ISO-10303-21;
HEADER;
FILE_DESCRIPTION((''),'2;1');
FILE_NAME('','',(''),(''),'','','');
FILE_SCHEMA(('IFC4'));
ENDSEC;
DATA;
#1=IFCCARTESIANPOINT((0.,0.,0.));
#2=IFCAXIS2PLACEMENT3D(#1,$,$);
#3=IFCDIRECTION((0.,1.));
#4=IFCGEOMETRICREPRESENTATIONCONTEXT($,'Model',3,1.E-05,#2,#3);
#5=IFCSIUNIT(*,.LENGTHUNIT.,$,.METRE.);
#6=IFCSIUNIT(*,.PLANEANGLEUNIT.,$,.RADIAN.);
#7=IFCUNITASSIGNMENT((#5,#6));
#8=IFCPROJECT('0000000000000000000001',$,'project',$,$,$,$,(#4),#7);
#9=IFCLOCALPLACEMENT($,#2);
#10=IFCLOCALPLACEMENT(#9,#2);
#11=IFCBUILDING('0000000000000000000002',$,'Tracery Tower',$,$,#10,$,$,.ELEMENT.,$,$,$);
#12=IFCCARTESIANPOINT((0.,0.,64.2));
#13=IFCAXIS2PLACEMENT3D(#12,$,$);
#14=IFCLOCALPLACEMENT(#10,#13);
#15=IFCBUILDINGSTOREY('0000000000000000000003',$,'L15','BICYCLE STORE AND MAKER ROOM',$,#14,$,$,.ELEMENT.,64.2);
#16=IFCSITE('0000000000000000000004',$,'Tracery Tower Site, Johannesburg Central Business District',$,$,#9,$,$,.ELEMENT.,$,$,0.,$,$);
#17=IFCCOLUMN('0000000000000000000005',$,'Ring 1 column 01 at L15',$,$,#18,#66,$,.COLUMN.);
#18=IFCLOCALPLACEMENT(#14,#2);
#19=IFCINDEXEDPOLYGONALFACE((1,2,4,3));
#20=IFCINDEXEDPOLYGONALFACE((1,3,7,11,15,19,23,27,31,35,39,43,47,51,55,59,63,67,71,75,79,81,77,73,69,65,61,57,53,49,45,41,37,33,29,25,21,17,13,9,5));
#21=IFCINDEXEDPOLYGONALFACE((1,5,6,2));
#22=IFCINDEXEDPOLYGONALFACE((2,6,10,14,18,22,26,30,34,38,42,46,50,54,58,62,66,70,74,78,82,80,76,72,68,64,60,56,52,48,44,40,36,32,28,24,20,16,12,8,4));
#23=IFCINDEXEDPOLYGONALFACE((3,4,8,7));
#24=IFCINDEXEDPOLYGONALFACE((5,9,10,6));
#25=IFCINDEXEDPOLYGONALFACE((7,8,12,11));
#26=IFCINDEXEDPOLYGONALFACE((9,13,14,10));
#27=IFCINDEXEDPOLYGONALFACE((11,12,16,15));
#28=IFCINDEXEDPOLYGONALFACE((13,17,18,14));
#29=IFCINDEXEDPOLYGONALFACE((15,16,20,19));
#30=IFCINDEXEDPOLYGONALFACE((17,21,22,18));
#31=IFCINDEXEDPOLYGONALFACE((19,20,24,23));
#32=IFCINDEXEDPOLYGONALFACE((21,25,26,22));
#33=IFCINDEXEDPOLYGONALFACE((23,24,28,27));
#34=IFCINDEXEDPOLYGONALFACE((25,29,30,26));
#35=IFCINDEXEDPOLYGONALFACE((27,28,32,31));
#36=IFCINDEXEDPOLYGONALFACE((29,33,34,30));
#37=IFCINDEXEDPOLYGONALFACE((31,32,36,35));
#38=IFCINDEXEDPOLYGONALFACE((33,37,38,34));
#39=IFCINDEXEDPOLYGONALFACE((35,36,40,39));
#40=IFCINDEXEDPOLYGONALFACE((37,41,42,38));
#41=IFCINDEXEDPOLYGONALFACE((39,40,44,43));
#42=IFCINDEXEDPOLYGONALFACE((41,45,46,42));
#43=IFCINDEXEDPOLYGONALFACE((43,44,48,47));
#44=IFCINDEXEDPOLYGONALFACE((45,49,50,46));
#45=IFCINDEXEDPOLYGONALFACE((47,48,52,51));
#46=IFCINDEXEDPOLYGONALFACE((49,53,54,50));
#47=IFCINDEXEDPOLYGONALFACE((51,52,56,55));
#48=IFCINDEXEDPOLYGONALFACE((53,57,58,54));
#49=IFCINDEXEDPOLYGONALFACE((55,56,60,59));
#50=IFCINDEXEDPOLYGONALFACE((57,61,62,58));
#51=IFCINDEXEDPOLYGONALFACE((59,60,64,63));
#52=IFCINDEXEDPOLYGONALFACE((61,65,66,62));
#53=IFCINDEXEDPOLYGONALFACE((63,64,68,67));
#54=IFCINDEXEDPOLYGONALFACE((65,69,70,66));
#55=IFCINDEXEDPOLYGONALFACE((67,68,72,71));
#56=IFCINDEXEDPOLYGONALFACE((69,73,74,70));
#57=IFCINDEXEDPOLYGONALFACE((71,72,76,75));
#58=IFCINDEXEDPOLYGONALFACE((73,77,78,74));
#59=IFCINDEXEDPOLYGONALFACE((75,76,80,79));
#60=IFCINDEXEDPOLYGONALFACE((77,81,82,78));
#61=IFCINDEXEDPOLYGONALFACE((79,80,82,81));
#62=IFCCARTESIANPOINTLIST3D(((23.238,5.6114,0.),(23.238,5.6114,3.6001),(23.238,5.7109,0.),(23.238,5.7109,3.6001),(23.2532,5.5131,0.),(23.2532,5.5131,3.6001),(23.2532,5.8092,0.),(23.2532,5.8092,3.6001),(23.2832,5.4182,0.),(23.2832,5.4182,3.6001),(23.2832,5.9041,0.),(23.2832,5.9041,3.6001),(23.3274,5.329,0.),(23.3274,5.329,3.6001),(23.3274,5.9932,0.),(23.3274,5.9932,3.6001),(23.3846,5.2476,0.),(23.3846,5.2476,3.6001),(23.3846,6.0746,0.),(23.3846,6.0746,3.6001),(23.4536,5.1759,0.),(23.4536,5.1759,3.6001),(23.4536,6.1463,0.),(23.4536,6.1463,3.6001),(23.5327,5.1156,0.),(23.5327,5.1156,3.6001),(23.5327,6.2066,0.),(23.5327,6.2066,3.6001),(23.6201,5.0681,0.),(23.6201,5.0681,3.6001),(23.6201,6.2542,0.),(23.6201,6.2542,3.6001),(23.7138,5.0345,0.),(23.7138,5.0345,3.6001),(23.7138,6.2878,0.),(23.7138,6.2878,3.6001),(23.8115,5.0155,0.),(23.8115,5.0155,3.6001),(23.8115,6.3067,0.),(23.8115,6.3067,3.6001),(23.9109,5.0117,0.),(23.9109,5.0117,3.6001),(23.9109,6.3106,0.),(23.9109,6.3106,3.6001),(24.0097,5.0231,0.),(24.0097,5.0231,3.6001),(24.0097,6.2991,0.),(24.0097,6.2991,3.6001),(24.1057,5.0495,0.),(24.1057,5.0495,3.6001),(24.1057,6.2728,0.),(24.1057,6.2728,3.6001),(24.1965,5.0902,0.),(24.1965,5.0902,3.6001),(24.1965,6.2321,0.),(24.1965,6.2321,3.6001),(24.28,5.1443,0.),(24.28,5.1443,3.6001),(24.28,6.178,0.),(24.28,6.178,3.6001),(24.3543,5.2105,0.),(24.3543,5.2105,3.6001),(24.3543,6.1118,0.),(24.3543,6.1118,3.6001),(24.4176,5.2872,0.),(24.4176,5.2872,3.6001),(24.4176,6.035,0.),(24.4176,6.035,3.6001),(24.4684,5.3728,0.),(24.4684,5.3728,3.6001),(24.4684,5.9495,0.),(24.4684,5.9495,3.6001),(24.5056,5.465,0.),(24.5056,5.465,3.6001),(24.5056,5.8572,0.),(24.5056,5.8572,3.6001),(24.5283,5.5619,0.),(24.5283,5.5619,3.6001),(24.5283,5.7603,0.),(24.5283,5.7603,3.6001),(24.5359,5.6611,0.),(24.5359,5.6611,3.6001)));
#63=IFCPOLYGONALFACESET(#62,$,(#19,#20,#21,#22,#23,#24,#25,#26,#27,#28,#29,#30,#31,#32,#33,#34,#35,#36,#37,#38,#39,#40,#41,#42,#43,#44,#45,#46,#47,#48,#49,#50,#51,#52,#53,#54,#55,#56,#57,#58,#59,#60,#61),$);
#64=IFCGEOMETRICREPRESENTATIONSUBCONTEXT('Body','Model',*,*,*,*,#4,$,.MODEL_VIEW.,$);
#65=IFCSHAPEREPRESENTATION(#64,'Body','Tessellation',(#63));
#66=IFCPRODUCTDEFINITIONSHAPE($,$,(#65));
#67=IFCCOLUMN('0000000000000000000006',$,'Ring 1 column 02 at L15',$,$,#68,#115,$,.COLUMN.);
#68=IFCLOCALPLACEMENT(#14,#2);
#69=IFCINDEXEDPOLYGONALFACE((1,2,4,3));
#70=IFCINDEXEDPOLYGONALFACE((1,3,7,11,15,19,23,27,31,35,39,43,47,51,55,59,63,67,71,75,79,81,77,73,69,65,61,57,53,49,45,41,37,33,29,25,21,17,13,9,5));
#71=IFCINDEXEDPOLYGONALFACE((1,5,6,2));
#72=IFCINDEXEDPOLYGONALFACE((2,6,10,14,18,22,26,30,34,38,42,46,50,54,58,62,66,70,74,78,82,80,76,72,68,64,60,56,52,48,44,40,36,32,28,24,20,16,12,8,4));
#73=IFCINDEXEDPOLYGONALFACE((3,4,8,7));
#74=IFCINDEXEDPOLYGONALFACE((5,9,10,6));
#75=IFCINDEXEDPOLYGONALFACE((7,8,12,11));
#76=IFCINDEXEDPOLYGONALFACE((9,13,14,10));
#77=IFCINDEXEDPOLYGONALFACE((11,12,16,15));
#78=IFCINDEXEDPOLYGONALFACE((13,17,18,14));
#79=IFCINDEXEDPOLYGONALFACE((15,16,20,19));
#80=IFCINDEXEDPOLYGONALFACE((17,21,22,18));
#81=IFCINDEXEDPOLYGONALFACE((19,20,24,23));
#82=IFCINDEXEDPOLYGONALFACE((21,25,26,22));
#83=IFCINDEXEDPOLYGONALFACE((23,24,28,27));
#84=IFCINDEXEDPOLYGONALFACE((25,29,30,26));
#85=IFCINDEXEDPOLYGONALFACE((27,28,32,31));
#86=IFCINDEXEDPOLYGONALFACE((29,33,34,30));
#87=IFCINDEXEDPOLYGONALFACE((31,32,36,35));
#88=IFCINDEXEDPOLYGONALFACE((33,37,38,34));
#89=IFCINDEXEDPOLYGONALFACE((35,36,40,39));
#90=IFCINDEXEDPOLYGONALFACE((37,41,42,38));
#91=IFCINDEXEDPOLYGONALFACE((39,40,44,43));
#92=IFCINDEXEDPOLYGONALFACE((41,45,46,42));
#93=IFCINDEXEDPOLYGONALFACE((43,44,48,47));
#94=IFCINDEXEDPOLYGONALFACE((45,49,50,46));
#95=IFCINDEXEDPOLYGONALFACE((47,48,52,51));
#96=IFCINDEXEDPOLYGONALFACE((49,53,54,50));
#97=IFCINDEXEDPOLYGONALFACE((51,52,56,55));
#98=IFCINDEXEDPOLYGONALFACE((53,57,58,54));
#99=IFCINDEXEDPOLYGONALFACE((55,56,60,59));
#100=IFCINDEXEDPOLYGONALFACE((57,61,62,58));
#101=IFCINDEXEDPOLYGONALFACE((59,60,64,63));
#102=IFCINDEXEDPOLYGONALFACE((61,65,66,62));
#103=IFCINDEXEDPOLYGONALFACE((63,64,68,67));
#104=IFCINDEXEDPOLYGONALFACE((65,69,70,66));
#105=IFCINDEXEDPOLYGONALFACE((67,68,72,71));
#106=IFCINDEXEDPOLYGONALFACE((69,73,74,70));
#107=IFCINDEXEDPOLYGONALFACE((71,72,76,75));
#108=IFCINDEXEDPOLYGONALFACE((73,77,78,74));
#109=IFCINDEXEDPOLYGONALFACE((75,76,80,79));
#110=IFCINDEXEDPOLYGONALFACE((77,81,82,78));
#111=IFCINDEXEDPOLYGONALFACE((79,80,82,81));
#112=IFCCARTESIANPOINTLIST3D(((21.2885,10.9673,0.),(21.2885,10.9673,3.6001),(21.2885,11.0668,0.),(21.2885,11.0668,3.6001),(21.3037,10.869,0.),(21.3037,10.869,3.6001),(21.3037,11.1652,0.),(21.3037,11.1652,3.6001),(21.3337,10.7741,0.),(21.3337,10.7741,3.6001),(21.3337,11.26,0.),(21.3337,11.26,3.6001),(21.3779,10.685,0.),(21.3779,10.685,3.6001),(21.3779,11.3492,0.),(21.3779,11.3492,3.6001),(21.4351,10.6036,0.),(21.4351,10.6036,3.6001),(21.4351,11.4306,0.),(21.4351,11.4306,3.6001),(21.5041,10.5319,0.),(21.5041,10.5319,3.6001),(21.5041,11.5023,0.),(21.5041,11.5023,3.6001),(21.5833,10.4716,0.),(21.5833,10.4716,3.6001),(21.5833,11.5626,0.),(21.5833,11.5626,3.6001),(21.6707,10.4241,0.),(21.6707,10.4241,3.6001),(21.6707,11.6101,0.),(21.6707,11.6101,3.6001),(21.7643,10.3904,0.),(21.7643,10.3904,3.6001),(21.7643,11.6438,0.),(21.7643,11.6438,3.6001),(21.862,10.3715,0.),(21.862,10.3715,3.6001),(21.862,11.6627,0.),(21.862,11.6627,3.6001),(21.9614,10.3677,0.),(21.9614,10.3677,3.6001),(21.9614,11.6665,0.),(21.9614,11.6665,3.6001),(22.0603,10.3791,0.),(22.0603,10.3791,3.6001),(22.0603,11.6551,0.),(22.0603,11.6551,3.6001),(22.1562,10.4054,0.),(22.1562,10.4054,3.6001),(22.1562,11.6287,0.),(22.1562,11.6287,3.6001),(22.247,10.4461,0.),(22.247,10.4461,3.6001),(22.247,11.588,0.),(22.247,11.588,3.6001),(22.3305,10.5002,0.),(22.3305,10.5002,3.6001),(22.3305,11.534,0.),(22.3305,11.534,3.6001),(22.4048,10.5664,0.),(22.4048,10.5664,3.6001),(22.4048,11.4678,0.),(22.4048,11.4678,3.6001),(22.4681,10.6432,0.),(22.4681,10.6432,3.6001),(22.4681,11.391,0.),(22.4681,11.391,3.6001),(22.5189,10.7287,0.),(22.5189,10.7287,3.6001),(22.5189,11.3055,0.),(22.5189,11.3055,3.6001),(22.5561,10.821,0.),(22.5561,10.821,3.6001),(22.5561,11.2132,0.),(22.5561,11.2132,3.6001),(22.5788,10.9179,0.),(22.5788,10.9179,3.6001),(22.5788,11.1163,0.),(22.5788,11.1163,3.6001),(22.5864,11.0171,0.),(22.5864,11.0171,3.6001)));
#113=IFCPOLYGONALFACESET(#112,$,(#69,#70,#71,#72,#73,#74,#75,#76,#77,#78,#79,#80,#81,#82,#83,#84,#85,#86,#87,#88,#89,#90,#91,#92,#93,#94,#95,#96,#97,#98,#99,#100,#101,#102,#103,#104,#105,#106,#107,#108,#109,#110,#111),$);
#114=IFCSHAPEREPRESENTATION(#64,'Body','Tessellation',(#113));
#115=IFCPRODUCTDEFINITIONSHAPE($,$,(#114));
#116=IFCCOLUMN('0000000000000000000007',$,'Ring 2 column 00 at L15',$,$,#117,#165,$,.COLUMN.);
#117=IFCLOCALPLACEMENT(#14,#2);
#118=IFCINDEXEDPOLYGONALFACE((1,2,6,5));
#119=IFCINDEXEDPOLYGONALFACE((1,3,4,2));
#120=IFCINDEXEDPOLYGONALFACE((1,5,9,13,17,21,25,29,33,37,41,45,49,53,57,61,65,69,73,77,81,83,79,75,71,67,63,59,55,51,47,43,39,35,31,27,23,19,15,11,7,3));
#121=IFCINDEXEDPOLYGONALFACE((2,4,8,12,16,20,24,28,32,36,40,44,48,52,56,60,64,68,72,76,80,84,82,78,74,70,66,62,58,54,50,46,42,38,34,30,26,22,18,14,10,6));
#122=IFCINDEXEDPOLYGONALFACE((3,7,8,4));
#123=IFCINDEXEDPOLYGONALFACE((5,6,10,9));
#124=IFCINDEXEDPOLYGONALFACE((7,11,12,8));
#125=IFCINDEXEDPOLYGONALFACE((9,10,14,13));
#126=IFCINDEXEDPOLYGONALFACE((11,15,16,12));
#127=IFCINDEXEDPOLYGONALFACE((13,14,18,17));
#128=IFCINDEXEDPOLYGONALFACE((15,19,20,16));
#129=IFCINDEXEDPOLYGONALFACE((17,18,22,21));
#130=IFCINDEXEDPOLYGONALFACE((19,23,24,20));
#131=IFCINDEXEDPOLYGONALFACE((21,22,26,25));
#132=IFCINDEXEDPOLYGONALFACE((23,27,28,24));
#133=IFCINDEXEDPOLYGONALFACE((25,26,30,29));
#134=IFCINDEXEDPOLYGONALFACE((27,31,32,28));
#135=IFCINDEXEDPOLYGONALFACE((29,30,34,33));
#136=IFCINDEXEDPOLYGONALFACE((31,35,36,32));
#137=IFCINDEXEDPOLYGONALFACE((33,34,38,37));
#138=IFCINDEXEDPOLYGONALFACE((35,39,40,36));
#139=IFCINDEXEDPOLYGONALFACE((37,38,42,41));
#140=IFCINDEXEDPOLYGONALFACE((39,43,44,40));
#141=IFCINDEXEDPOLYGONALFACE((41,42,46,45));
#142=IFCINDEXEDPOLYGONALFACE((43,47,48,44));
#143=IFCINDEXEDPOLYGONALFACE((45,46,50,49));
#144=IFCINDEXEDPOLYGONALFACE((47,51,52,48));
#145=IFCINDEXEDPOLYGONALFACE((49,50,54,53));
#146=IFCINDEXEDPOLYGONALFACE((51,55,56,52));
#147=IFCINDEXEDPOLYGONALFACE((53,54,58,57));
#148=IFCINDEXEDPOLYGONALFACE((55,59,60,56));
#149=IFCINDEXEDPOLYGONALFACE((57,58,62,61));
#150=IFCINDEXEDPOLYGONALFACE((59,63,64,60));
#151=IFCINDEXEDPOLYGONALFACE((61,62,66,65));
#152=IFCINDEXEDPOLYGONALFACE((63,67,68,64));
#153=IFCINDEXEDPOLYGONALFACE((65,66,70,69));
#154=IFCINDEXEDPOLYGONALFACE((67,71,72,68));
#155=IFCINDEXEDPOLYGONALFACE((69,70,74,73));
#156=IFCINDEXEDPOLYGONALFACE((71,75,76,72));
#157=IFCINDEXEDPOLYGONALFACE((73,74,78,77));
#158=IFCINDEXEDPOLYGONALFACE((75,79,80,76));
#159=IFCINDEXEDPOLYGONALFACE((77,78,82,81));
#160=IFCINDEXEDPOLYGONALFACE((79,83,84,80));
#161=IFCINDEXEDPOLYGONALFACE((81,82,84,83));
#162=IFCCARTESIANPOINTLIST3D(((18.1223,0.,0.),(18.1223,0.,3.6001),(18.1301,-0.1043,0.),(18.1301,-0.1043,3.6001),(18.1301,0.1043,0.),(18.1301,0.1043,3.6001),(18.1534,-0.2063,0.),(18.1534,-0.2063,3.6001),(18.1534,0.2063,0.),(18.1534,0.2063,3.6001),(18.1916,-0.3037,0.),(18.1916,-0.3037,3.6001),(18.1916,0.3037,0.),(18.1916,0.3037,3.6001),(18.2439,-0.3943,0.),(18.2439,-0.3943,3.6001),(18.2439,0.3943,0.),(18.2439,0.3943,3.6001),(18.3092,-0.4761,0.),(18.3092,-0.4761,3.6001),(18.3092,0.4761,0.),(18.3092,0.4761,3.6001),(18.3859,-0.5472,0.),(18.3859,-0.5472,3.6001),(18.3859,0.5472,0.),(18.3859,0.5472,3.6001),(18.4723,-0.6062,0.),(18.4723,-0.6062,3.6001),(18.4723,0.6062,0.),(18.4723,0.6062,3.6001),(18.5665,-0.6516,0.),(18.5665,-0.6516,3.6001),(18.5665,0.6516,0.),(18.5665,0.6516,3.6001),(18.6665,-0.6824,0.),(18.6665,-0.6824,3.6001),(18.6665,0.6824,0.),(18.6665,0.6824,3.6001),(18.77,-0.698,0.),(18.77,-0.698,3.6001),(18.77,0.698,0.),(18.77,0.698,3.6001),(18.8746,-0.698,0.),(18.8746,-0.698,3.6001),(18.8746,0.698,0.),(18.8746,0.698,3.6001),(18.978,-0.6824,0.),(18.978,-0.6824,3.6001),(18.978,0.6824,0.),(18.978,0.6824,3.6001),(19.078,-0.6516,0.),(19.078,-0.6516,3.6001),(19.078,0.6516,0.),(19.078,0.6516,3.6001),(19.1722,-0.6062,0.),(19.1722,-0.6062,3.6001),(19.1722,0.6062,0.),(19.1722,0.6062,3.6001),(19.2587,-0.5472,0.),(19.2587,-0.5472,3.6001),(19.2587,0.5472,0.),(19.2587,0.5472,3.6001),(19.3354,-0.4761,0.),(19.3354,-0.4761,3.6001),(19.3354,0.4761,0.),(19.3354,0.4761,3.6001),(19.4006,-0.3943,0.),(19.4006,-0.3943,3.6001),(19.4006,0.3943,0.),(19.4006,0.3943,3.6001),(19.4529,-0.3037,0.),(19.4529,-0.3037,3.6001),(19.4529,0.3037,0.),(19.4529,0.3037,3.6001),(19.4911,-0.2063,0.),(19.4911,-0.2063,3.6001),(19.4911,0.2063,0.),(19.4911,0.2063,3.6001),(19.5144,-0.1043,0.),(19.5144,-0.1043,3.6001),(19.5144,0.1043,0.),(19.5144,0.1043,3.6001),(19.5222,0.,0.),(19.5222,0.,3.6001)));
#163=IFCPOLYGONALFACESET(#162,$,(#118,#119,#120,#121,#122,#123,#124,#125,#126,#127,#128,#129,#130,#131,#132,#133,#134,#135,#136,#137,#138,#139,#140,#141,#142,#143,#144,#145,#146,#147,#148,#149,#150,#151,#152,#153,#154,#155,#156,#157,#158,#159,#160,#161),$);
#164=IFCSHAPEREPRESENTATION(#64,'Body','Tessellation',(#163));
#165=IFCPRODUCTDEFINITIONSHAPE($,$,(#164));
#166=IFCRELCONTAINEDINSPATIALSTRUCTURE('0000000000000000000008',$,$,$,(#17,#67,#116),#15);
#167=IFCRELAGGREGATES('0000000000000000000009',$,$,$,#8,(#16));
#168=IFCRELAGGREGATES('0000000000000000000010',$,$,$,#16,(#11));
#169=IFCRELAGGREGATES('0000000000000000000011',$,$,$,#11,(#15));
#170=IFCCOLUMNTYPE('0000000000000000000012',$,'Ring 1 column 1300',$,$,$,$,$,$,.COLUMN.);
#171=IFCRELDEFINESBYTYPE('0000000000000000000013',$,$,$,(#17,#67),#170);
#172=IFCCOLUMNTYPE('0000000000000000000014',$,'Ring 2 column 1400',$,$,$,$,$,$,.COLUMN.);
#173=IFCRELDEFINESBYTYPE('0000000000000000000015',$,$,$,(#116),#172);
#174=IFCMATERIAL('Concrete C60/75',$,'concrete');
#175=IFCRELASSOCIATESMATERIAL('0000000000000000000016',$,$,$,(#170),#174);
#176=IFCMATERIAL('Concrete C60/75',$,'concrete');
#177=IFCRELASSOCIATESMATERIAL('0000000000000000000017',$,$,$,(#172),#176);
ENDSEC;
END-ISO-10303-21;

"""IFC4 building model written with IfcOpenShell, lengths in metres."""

from ifc_helpers import new_model, si_unit, direction, frame, origin, origin_2d, place, context, subcontext, project, spatial, circle, extrude, material, material_profile, profile_set, type_object, element, save


model = new_model("IFC4")

# Units and contexts
model_context = context("Model", 3, precision=1e-05, world=origin(), true_north=direction((0.0, 1.0)))
body_context = subcontext(model_context, "Body", "Model", "MODEL_VIEW")
ifc_project = project(units=[si_unit("LENGTHUNIT", "METRE"), si_unit("PLANEANGLEUNIT", "RADIAN")], contexts=[model_context])

# Site, building, storey
site_placement = place(None, origin())
site = spatial("IfcSite", under=ifc_project, at=site_placement, Name="Tracery Tower Site, Johannesburg Central Business District", CompositionType="ELEMENT", RefElevation=0.0)
building_placement = place(site_placement, origin())
building = spatial("IfcBuilding", under=site, at=building_placement, Name="Tracery Tower", CompositionType="ELEMENT")
storey_placement = place(building_placement, frame((0.0, 0.0, 64.2)))
storey = spatial("IfcBuildingStorey", under=building, at=storey_placement, Name="L15", Description="BICYCLE STORE AND MAKER ROOM", CompositionType="ELEMENT", Elevation=64.2)

# Columns
ifc_material_1 = material(Name="Concrete C60/75", Category="concrete")
ifc_material_profile_1 = material_profile(ifc_material_1, circle(Radius=0.6499, at=origin_2d()), Name="RC D1300")
ifc_profile_set_1 = profile_set([ifc_material_profile_1], Name="Concrete C60/75")
column_type_1 = type_object("IfcColumnType", Name="Ring 1 column 1300", PredefinedType="COLUMN", material=ifc_profile_set_1)
for number, where, z_axis, x_axis, name in (
    (1, (23.886, 5.6611, 0.0), (0.0, 0.0, 1.0), (1.0, 0.0, 0.0), "Ring 1 column 01 at L15"),
    (2, (21.9365, 11.0171, 0.0), (0.0, 0.0, 1.0), (1.0, 0.0, 0.0), "Ring 1 column 02 at L15"),
):
    element("IfcColumn", number, at=place(storey_placement, frame(where, z_axis=z_axis, x_axis=x_axis)), inside=storey, type_object=column_type_1, Name=name, PredefinedType="COLUMN", context=body_context, shape_type="SweptSolid", body=[
        extrude(circle(Radius=0.6499, at=origin_2d()), origin(), (0.0, 0.0, 1.0), 3.6001),
    ])
ifc_material_2 = material(Name="Concrete C60/75", Category="concrete")
ifc_material_profile_2 = material_profile(ifc_material_2, circle(Radius=0.7, at=origin_2d()), Name="RC D1400")
ifc_profile_set_2 = profile_set([ifc_material_profile_2], Name="Concrete C60/75")
column_type_2 = type_object("IfcColumnType", Name="Ring 2 column 1400", PredefinedType="COLUMN", material=ifc_profile_set_2)
for number, where, z_axis, x_axis, name in (
    (3, (18.8223, 0.0, 0.0), (0.0, 0.0, 1.0), (1.0, 0.0, 0.0), "Ring 2 column 00 at L15"),
):
    element("IfcColumn", number, at=place(storey_placement, frame(where, z_axis=z_axis, x_axis=x_axis)), inside=storey, type_object=column_type_2, Name=name, PredefinedType="COLUMN", context=body_context, shape_type="SweptSolid", body=[
        extrude(circle(Radius=0.7, at=origin_2d()), origin(), (0.0, 0.0, 1.0), 3.6001),
    ])

save(model, "model.ifc")
